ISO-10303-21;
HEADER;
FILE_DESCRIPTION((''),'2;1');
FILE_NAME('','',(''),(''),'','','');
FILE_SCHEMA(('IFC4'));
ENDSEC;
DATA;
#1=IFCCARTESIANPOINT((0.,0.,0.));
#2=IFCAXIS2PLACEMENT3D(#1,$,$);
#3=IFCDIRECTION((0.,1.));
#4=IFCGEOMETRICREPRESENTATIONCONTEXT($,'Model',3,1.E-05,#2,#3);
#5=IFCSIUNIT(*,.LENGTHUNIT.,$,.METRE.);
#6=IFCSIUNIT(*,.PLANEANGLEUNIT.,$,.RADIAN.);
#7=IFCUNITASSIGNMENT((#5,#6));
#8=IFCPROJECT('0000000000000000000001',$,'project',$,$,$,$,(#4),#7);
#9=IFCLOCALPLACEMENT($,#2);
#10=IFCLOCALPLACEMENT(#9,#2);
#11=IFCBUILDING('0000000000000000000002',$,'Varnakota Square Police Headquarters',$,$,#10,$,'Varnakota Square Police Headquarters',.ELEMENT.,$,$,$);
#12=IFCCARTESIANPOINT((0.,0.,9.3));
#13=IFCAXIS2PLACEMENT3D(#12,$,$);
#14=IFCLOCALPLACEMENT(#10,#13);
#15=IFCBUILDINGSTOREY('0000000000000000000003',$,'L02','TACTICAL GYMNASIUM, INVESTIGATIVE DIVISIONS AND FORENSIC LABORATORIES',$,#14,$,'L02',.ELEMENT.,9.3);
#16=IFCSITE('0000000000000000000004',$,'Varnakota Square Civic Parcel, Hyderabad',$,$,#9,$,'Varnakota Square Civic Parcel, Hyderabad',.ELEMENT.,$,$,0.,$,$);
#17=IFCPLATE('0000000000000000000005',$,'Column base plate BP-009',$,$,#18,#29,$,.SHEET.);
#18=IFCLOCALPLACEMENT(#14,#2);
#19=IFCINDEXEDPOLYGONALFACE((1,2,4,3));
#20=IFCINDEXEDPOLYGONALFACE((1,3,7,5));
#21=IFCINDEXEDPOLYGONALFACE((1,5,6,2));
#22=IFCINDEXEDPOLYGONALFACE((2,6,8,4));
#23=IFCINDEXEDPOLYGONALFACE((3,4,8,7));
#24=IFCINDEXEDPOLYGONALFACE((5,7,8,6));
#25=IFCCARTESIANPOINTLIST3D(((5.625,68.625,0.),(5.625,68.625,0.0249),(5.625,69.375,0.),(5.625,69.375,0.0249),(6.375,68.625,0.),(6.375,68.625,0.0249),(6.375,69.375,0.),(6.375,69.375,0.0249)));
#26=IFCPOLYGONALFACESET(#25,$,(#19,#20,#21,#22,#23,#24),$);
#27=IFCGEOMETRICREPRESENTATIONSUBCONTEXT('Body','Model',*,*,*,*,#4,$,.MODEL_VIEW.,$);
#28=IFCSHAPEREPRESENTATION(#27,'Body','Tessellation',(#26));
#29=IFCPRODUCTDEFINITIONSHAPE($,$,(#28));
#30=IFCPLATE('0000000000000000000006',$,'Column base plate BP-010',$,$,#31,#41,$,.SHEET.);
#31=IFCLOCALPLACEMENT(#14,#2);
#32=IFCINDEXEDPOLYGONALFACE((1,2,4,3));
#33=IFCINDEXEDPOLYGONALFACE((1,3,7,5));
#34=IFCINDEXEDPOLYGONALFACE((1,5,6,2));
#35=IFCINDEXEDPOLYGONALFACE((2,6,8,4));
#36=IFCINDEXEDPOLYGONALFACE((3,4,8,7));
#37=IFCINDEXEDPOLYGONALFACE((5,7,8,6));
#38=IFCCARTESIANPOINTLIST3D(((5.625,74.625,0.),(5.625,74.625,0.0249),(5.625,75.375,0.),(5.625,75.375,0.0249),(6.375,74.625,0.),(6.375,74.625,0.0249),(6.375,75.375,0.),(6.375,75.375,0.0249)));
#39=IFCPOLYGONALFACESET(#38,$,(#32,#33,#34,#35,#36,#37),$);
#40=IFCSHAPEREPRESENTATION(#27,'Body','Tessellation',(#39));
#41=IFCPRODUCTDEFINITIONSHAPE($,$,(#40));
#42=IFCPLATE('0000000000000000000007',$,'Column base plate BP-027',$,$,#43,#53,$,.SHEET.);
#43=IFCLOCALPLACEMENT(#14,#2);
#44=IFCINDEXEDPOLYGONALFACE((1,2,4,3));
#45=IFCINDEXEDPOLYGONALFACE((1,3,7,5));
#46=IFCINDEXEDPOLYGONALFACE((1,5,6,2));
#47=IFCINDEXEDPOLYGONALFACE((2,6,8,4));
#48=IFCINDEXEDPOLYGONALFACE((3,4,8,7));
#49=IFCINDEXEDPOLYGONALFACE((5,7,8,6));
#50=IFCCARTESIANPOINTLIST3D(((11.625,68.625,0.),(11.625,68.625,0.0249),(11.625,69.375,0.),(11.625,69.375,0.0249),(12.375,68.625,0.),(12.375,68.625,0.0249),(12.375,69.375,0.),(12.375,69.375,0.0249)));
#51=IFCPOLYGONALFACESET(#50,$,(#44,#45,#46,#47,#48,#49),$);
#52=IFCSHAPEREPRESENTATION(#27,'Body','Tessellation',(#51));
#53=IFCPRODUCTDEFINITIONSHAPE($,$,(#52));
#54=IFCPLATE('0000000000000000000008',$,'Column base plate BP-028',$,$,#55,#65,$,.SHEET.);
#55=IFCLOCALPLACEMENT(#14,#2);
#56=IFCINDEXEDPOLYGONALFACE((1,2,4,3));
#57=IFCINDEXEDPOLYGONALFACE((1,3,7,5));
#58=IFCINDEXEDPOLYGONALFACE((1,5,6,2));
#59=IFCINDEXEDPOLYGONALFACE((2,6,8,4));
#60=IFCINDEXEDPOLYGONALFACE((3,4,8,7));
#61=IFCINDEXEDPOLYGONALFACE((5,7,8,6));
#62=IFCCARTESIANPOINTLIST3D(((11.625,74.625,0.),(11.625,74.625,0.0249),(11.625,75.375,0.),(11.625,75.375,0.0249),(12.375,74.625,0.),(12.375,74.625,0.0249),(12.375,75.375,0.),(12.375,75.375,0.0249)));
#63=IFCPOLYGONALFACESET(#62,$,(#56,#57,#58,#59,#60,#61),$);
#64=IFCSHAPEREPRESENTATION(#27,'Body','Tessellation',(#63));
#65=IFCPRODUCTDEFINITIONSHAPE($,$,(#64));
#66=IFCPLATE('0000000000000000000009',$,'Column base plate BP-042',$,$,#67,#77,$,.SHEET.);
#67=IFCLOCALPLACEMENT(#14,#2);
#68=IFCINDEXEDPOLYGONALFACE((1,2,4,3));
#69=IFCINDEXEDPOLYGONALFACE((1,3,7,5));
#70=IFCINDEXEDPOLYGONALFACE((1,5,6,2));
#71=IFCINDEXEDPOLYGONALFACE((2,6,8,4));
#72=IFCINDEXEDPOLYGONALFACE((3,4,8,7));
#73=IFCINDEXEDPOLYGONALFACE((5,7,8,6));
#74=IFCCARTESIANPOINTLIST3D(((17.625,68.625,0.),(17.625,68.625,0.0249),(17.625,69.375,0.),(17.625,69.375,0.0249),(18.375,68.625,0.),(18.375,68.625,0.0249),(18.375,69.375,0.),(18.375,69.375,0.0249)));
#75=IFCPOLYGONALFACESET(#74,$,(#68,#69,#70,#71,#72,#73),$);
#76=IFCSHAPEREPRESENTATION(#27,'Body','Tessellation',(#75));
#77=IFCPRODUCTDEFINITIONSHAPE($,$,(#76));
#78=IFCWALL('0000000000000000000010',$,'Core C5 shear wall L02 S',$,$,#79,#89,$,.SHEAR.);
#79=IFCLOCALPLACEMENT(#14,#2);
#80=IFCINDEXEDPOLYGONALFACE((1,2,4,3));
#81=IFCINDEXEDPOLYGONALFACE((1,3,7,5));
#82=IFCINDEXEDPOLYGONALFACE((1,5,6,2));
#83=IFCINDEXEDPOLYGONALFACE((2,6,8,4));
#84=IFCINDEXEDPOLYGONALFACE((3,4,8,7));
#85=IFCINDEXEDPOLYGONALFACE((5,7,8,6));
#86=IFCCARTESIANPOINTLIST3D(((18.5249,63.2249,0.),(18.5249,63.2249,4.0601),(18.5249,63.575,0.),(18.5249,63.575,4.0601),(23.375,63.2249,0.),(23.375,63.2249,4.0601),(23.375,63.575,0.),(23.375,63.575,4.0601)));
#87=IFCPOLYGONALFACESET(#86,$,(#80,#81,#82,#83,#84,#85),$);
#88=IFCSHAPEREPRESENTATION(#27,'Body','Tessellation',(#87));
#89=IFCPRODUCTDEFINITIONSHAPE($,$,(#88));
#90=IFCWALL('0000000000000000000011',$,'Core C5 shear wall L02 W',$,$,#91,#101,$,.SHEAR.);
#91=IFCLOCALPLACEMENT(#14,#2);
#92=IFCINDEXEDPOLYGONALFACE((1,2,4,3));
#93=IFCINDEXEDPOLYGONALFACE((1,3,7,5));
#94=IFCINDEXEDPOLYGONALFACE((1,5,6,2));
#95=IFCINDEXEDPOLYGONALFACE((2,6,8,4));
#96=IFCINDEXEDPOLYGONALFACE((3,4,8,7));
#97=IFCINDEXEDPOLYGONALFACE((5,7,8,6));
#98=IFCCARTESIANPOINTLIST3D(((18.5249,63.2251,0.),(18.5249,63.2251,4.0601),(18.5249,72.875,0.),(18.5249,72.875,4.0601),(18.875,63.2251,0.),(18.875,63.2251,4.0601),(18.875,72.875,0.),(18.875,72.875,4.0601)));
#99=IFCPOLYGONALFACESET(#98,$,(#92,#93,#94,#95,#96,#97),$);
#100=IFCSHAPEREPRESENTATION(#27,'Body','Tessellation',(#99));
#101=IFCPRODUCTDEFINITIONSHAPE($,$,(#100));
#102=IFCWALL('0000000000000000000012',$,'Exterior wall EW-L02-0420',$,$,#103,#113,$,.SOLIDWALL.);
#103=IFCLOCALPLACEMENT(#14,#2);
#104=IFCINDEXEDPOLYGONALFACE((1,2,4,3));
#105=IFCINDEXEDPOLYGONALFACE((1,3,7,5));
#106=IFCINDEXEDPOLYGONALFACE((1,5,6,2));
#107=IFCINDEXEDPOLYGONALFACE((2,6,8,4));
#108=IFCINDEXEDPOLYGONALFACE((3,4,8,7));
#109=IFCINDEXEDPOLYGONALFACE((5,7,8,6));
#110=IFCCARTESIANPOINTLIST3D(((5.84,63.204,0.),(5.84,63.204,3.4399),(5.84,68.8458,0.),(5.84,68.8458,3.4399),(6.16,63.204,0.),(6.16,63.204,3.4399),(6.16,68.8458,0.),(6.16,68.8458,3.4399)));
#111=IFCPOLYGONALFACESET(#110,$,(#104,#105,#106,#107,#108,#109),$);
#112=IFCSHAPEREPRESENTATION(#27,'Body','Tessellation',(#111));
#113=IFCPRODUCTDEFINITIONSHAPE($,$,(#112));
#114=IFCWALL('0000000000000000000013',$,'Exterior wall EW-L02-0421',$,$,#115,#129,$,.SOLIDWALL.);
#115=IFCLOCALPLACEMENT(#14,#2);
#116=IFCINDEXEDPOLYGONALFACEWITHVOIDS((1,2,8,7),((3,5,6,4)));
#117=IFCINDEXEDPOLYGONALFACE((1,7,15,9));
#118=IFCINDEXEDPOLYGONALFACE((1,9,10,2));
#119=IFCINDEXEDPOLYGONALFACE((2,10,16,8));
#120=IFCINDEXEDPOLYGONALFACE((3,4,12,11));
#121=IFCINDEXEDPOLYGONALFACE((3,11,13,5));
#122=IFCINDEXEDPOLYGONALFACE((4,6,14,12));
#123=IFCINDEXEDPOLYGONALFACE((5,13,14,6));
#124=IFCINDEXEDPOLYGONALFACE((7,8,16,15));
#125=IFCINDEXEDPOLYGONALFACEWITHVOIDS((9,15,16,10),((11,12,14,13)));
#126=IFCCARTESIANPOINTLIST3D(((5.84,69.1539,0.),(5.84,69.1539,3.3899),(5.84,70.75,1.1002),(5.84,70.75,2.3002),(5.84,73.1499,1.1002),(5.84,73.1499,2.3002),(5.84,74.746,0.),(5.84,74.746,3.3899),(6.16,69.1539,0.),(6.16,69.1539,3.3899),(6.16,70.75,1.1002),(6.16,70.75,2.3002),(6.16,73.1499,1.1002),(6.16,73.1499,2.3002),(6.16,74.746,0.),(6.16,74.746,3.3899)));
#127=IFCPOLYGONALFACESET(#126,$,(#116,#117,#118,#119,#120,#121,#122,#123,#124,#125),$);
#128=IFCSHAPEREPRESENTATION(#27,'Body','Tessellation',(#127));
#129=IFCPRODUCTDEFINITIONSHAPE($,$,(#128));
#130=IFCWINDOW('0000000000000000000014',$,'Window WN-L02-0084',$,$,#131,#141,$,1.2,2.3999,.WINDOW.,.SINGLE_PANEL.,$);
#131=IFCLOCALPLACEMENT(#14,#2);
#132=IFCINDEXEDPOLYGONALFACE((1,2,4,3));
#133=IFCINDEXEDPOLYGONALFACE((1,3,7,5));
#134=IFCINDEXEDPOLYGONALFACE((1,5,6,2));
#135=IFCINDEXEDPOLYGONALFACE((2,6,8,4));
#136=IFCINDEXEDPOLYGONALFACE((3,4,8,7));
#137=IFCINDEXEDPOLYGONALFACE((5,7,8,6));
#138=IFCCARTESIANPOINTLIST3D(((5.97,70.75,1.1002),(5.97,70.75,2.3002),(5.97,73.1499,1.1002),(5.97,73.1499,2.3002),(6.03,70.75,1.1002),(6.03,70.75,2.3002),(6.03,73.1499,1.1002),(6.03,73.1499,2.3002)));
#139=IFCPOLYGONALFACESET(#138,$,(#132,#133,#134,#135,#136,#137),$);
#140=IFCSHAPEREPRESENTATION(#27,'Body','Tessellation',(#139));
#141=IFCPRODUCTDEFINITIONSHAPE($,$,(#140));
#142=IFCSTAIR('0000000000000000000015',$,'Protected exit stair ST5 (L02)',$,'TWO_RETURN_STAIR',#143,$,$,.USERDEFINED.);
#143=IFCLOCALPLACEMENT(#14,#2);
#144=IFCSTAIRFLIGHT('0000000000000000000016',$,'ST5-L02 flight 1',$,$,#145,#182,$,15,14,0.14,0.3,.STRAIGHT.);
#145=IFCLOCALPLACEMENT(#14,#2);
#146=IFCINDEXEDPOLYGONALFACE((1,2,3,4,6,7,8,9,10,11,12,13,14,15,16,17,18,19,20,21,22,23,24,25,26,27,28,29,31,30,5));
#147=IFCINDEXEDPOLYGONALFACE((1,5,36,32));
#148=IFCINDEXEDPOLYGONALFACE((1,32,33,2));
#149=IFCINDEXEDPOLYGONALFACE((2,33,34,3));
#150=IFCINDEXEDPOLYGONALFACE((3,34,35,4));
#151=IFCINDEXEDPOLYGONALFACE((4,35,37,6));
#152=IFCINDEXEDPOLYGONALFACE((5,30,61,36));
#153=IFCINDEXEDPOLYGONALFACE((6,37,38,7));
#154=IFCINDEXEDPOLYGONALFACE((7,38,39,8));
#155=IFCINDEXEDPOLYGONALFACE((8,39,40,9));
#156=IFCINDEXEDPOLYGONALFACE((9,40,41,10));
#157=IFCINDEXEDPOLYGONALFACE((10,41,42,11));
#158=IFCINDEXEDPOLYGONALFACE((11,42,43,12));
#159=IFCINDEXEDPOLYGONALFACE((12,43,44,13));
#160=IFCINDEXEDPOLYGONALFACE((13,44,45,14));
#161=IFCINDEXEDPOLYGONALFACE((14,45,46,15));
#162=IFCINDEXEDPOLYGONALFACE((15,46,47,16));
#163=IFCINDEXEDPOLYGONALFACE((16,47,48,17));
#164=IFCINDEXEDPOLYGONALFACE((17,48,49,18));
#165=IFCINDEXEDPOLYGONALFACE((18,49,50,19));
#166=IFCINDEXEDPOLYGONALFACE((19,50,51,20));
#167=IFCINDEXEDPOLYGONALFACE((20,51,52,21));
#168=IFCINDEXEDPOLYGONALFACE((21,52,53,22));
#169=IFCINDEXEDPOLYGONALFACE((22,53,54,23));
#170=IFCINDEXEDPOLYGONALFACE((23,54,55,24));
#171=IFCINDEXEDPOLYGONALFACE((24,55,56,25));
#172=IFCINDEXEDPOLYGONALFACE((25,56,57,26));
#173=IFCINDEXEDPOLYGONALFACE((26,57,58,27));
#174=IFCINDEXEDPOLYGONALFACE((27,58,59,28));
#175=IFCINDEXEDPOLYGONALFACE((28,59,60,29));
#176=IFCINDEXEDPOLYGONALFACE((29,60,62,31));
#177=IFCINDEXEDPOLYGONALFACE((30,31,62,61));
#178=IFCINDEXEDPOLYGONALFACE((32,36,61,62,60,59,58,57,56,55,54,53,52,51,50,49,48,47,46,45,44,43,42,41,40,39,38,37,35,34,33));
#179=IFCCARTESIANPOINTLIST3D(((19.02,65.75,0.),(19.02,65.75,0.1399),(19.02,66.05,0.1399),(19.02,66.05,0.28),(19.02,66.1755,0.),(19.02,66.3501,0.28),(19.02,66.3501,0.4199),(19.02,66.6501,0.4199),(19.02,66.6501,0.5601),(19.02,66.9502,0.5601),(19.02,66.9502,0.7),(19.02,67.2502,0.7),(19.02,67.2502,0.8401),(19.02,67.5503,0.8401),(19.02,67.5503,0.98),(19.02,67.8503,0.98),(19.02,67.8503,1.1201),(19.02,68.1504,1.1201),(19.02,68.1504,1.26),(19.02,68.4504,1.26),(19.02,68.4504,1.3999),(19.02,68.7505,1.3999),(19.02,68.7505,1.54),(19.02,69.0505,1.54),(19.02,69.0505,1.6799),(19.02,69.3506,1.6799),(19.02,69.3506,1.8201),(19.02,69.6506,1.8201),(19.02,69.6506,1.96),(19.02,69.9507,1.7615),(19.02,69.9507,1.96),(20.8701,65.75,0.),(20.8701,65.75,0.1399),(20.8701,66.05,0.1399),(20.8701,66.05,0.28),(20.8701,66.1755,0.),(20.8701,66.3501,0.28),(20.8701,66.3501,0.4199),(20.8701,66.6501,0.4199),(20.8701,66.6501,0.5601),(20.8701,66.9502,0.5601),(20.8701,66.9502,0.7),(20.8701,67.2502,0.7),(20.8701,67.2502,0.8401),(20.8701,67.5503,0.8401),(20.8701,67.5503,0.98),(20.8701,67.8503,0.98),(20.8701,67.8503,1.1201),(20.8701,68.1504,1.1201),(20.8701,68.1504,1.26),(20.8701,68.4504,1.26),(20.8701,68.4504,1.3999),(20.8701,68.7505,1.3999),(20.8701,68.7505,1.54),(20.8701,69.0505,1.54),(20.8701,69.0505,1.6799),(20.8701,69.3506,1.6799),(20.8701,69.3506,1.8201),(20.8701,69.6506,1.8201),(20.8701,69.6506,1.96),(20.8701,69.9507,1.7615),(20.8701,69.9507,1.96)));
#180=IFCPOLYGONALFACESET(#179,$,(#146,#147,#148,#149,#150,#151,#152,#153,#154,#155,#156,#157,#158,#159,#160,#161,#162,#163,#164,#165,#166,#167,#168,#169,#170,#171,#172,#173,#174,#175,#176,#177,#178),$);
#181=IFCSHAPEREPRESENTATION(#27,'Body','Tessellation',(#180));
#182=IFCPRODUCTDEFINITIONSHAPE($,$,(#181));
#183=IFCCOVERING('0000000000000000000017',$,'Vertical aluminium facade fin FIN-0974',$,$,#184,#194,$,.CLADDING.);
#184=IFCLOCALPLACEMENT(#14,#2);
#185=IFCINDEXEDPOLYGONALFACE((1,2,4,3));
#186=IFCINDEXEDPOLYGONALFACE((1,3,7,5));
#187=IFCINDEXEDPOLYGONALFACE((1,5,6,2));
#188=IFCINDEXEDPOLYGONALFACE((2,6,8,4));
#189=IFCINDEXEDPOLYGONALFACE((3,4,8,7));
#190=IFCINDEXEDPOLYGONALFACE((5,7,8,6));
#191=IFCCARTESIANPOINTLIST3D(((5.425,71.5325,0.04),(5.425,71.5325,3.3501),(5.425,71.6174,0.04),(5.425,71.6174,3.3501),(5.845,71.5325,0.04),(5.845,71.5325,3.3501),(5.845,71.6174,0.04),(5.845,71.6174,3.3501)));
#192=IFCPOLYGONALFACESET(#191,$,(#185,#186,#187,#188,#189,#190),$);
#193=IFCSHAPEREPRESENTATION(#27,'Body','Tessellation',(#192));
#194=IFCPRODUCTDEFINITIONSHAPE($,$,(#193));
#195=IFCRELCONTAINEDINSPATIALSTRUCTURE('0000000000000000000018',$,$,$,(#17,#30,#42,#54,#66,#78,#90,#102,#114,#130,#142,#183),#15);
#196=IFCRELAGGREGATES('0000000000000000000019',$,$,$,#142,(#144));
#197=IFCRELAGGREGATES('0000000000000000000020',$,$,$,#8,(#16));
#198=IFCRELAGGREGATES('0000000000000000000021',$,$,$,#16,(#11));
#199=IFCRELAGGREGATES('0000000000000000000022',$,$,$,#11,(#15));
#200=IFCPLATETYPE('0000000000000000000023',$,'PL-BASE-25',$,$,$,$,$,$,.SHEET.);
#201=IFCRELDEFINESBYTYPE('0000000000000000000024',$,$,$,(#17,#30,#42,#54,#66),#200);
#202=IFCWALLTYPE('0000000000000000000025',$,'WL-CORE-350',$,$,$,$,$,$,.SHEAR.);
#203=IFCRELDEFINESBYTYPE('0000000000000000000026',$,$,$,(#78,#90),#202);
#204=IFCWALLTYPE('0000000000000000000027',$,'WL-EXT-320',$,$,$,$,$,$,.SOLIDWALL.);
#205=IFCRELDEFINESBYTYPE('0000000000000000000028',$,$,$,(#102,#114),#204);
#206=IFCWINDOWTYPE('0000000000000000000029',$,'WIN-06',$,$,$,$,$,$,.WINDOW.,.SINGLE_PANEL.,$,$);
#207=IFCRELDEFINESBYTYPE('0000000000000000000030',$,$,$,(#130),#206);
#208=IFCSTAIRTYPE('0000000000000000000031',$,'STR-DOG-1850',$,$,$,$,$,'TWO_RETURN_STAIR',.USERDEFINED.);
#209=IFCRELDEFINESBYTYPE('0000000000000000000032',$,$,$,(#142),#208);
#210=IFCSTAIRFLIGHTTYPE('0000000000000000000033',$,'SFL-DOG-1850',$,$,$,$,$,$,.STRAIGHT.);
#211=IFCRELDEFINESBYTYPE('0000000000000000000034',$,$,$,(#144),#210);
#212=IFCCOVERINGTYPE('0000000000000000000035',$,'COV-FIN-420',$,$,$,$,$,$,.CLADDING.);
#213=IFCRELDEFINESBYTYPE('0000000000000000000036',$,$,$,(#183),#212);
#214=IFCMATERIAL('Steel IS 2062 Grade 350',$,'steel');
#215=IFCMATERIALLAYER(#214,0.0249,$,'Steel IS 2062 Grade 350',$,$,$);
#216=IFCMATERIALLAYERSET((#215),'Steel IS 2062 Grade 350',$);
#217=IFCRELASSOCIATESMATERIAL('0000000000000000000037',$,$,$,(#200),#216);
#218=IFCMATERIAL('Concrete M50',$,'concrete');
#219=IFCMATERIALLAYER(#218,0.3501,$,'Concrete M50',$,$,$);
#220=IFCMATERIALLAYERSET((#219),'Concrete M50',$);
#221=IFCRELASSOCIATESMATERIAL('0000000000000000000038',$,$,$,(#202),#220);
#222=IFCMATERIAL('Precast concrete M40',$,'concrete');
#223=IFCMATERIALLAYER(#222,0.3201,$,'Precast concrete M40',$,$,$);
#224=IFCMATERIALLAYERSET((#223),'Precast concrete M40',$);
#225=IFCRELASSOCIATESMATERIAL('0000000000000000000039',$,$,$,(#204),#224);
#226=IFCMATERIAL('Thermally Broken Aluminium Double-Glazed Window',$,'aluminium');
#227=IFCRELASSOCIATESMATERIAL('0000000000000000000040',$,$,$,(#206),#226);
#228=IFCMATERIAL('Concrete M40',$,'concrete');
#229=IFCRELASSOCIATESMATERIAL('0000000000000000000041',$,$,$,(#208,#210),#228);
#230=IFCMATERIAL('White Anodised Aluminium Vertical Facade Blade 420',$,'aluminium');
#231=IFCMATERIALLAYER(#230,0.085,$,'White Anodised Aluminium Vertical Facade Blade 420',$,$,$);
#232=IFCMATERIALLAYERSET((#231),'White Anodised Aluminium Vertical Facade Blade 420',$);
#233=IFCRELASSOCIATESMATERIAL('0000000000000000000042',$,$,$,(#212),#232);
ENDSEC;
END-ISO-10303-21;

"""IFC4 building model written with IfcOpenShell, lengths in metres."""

from ifc_helpers import new_model, si_unit, direction, frame, frame_2d, origin, origin_2d, place, context, subcontext, project, spatial, polyline, rectangle, outline, extrude, material, layer, layer_set, type_object, element, fill, aggregate, save


model = new_model("IFC4")

# Units and contexts
model_context = context("Model", 3, precision=1e-05, world=origin(), true_north=direction((0.0, 1.0)))
body_context = subcontext(model_context, "Body", "Model", "MODEL_VIEW")
ifc_project = project(units=[si_unit("LENGTHUNIT", "METRE"), si_unit("PLANEANGLEUNIT", "RADIAN")], contexts=[model_context])

# Site, building, storey
site_placement = place(None, origin())
site = spatial("IfcSite", under=ifc_project, at=site_placement, Name="Varnakota Square Civic Parcel, Hyderabad", LongName="Varnakota Square Civic Parcel, Hyderabad", CompositionType="ELEMENT", RefElevation=0.0)
building_placement = place(site_placement, origin())
building = spatial("IfcBuilding", under=site, at=building_placement, Name="Varnakota Square Police Headquarters", LongName="Varnakota Square Police Headquarters", CompositionType="ELEMENT")
storey_placement = place(building_placement, frame((0.0, 0.0, 9.3)))
storey = spatial("IfcBuildingStorey", under=building, at=storey_placement, Name="L02", Description="TACTICAL GYMNASIUM, INVESTIGATIVE DIVISIONS AND FORENSIC LABORATORIES", LongName="L02", CompositionType="ELEMENT", Elevation=9.3)

# Shared definitions
ifc_material_1 = material(Name="Steel IS 2062 Grade 350", Category="steel")

# Plates
ifc_layer_1 = layer(ifc_material_1, 0.0249, Name="Steel IS 2062 Grade 350")
ifc_layer_set_1 = layer_set([ifc_layer_1], Name="Steel IS 2062 Grade 350")
plate_type = type_object("IfcPlateType", Name="PL-BASE-25", PredefinedType="SHEET", material=ifc_layer_set_1)
for number, where, z_axis, x_axis, name in (
    (1, (6.0, 69.0, 0.0), (0.0, 0.0, 1.0), (1.0, 0.0, 0.0), "Column base plate BP-009"),
    (2, (6.0, 75.0, 0.0), (0.0, 0.0, 1.0), (1.0, 0.0, 0.0), "Column base plate BP-010"),
    (3, (12.0, 69.0, 0.0), (0.0, 0.0, 1.0), (1.0, 0.0, 0.0), "Column base plate BP-027"),
    (4, (12.0, 75.0, 0.0), (0.0, 0.0, 1.0), (1.0, 0.0, 0.0), "Column base plate BP-028"),
    (5, (18.0, 69.0, 0.0), (0.0, 0.0, 1.0), (1.0, 0.0, 0.0), "Column base plate BP-042"),
):
    element("IfcPlate", number, at=place(storey_placement, frame(where, z_axis=z_axis, x_axis=x_axis)), inside=storey, type_object=plate_type, Name=name, PredefinedType="SHEET", context=body_context, shape_type="SweptSolid", body=[
        extrude(rectangle(XDim=0.75, YDim=0.75, at=origin_2d()), origin(), (0.0, 0.0, 1.0), 0.0249),
    ])

# Walls
ifc_material_2 = material(Name="Concrete M50", Category="concrete")
ifc_layer_2 = layer(ifc_material_2, 0.3501, Name="Concrete M50")
ifc_layer_set_2 = layer_set([ifc_layer_2], Name="Concrete M50")
wall_type_1 = type_object("IfcWallType", Name="WL-CORE-350", PredefinedType="SHEAR", material=ifc_layer_set_2)
wall_1_placement = place(storey_placement, frame((18.5249, 63.3999, 0.0), z_axis=(0.0, 0.0, 1.0), x_axis=(1.0, 0.0, 0.0)))
element("IfcWall", 6, at=wall_1_placement, inside=storey, type_object=wall_type_1, Name="Core C5 shear wall L02 S", PredefinedType="SHEAR", context=body_context, shape_type="SweptSolid", body=[
    extrude(rectangle(XDim=4.8501, YDim=0.3501, at=frame_2d((2.425, 0.0))), origin(), (0.0, 0.0, 1.0), 4.0601),
])
wall_2_placement = place(storey_placement, frame((18.7, 72.875, 0.0), z_axis=(0.0, 0.0, 1.0), x_axis=(0.0, -1.0, 0.0)))
element("IfcWall", 7, at=wall_2_placement, inside=storey, type_object=wall_type_1, Name="Core C5 shear wall L02 W", PredefinedType="SHEAR", context=body_context, shape_type="SweptSolid", body=[
    extrude(rectangle(XDim=9.6499, YDim=0.3501, at=frame_2d((4.825, 0.0))), origin(), (0.0, 0.0, 1.0), 4.0601),
])
ifc_material_3 = material(Name="Precast concrete M40", Category="concrete")
ifc_layer_3 = layer(ifc_material_3, 0.3201, Name="Precast concrete M40")
ifc_layer_set_3 = layer_set([ifc_layer_3], Name="Precast concrete M40")
wall_type_2 = type_object("IfcWallType", Name="WL-EXT-320", PredefinedType="SOLIDWALL", material=ifc_layer_set_3)
wall_3_placement = place(storey_placement, frame((6.0, 63.2041, 0.0), z_axis=(0.0, 0.0, 1.0), x_axis=(0.0, 1.0, 0.0)))
element("IfcWall", 8, at=wall_3_placement, inside=storey, type_object=wall_type_2, Name="Exterior wall EW-L02-0420", PredefinedType="SOLIDWALL", context=body_context, shape_type="SweptSolid", body=[
    extrude(rectangle(XDim=5.6418, YDim=0.3201, at=frame_2d((2.8208, 0.0))), origin(), (0.0, 0.0, 1.0), 3.4399),
])

# Wall, opening, window
wall_4_placement = place(storey_placement, frame((6.0, 69.1541, 0.0), z_axis=(0.0, 0.0, 1.0), x_axis=(0.0, 1.0, 0.0)))
wall_4 = element("IfcWall", 9, at=wall_4_placement, inside=storey, type_object=wall_type_2, Name="Exterior wall EW-L02-0421", PredefinedType="SOLIDWALL", context=body_context, shape_type="SweptSolid", body=[
    extrude(rectangle(XDim=5.592, YDim=0.3201, at=frame_2d((2.7959, 0.0))), origin(), (0.0, 0.0, 1.0), 3.3899),
])
opening_placement = place(wall_4_placement, frame((1.5959, 0.0, 1.1001)))
opening = element("IfcOpeningElement", 10, at=opening_placement, cuts=wall_4, PredefinedType="OPENING", context=body_context, shape_type="SweptSolid", body=[
    extrude(rectangle(XDim=2.3999, YDim=1.2, at=frame_2d((1.2, 0.6001))), frame((0.0, 0.1699, 0.0), z_axis=(0.0, -1.0, 0.0), x_axis=(1.0, 0.0, 0.0)), (0.0, 0.0, 1.0), 0.3401),
])
ifc_material_4 = material(Name="Thermally Broken Aluminium Double-Glazed Window", Category="aluminium")
window_type = type_object("IfcWindowType", Name="WIN-06", PartitioningType="SINGLE_PANEL", PredefinedType="WINDOW", material=ifc_material_4)
window_placement = place(opening_placement, origin())
window = element("IfcWindow", 11, at=window_placement, inside=storey, type_object=window_type, Name="Window WN-L02-0084", OverallHeight=1.2, OverallWidth=2.3999, PartitioningType="SINGLE_PANEL", PredefinedType="WINDOW", context=body_context, shape_type="SweptSolid", body=[
    extrude(rectangle(XDim=2.3999, YDim=1.2, at=frame_2d((1.2, 0.6001))), frame((0.0, 0.03, 0.0), z_axis=(0.0, -1.0, 0.0), x_axis=(1.0, 0.0, 0.0)), (0.0, 0.0, 1.0), 0.0601),
])
fill(opening, window)

# Stair, stair flight
ifc_material_5 = material(Name="Concrete M40", Category="concrete")
stair_type = type_object("IfcStairType", Name="STR-DOG-1850", ElementType="TWO_RETURN_STAIR", PredefinedType="USERDEFINED", material=ifc_material_5)
stair_placement = place(storey_placement, origin())
stair = element("IfcStair", 12, at=stair_placement, inside=storey, type_object=stair_type, Name="Protected exit stair ST5 (L02)", ObjectType="TWO_RETURN_STAIR", PredefinedType="USERDEFINED")
stair_flight_type = type_object("IfcStairFlightType", Name="SFL-DOG-1850", PredefinedType="STRAIGHT", material=ifc_material_5)
stair_flight_placement = place(storey_placement, frame((19.9451, 65.75, 0.0), z_axis=(0.0, 0.0, 1.0), x_axis=(0.0, 1.0, 0.0)))
stair_flight = element("IfcStairFlight", 13, at=stair_flight_placement, type_object=stair_flight_type, Name="ST5-L02 flight 1", NumberOfRisers=15, NumberOfTreads=14, PredefinedType="STRAIGHT", RiserHeight=0.14, TreadLength=0.3, context=body_context, shape_type="SweptSolid", body=[
    extrude(outline(polyline([(0.0, 0.0), (0.0, 0.1399), (0.3, 0.1399), (0.3, 0.28), (0.6001, 0.28), (0.6001, 0.4199), (0.9001, 0.4199), (0.9001, 0.5601), (1.2002, 0.5601), (1.2002, 0.7), (1.5002, 0.7), (1.5002, 0.8401), (1.8003, 0.8401), (1.8003, 0.98), (2.1003, 0.98), (2.1003, 1.1201), (2.4004, 1.1201), (2.4004, 1.26), (2.7004, 1.26), (2.7004, 1.3999), (3.0005, 1.3999), (3.0005, 1.54), (3.3005, 1.54), (3.3005, 1.6799), (3.6006, 1.6799), (3.6006, 1.8201), (3.9006, 1.8201), (3.9006, 1.96), (4.2007, 1.96), (4.2007, 2.1001), (4.2007, 1.7615), (0.4255, 0.0), (0.0, 0.0)])), frame((0.0, 0.925, 0.0), z_axis=(0.0, -1.0, 0.0), x_axis=(1.0, 0.0, 0.0)), (0.0, 0.0, 1.0), 1.8501),
])
aggregate(stair, [stair_flight])

# Covering
ifc_material_6 = material(Name="White Anodised Aluminium Vertical Facade Blade 420", Category="aluminium")
ifc_layer_4 = layer(ifc_material_6, 0.085, Name="White Anodised Aluminium Vertical Facade Blade 420")
ifc_layer_set_4 = layer_set([ifc_layer_4], Name="White Anodised Aluminium Vertical Facade Blade 420")
covering_type_1 = type_object("IfcCoveringType", Name="COV-FIN-420", PredefinedType="CLADDING", material=ifc_layer_set_4)
covering_1_placement = place(storey_placement, frame((5.635, 71.575, 0.04), z_axis=(0.0, 0.0, 1.0), x_axis=(0.0, 1.0, 0.0)))
element("IfcCovering", 14, at=covering_1_placement, inside=storey, type_object=covering_type_1, Name="Vertical aluminium facade fin FIN-0974", PredefinedType="CLADDING", context=body_context, shape_type="SweptSolid", body=[
    extrude(rectangle(XDim=0.085, YDim=0.4199, at=origin_2d()), origin(), (0.0, 0.0, 1.0), 3.3101),
])

save(model, "model.ifc")
